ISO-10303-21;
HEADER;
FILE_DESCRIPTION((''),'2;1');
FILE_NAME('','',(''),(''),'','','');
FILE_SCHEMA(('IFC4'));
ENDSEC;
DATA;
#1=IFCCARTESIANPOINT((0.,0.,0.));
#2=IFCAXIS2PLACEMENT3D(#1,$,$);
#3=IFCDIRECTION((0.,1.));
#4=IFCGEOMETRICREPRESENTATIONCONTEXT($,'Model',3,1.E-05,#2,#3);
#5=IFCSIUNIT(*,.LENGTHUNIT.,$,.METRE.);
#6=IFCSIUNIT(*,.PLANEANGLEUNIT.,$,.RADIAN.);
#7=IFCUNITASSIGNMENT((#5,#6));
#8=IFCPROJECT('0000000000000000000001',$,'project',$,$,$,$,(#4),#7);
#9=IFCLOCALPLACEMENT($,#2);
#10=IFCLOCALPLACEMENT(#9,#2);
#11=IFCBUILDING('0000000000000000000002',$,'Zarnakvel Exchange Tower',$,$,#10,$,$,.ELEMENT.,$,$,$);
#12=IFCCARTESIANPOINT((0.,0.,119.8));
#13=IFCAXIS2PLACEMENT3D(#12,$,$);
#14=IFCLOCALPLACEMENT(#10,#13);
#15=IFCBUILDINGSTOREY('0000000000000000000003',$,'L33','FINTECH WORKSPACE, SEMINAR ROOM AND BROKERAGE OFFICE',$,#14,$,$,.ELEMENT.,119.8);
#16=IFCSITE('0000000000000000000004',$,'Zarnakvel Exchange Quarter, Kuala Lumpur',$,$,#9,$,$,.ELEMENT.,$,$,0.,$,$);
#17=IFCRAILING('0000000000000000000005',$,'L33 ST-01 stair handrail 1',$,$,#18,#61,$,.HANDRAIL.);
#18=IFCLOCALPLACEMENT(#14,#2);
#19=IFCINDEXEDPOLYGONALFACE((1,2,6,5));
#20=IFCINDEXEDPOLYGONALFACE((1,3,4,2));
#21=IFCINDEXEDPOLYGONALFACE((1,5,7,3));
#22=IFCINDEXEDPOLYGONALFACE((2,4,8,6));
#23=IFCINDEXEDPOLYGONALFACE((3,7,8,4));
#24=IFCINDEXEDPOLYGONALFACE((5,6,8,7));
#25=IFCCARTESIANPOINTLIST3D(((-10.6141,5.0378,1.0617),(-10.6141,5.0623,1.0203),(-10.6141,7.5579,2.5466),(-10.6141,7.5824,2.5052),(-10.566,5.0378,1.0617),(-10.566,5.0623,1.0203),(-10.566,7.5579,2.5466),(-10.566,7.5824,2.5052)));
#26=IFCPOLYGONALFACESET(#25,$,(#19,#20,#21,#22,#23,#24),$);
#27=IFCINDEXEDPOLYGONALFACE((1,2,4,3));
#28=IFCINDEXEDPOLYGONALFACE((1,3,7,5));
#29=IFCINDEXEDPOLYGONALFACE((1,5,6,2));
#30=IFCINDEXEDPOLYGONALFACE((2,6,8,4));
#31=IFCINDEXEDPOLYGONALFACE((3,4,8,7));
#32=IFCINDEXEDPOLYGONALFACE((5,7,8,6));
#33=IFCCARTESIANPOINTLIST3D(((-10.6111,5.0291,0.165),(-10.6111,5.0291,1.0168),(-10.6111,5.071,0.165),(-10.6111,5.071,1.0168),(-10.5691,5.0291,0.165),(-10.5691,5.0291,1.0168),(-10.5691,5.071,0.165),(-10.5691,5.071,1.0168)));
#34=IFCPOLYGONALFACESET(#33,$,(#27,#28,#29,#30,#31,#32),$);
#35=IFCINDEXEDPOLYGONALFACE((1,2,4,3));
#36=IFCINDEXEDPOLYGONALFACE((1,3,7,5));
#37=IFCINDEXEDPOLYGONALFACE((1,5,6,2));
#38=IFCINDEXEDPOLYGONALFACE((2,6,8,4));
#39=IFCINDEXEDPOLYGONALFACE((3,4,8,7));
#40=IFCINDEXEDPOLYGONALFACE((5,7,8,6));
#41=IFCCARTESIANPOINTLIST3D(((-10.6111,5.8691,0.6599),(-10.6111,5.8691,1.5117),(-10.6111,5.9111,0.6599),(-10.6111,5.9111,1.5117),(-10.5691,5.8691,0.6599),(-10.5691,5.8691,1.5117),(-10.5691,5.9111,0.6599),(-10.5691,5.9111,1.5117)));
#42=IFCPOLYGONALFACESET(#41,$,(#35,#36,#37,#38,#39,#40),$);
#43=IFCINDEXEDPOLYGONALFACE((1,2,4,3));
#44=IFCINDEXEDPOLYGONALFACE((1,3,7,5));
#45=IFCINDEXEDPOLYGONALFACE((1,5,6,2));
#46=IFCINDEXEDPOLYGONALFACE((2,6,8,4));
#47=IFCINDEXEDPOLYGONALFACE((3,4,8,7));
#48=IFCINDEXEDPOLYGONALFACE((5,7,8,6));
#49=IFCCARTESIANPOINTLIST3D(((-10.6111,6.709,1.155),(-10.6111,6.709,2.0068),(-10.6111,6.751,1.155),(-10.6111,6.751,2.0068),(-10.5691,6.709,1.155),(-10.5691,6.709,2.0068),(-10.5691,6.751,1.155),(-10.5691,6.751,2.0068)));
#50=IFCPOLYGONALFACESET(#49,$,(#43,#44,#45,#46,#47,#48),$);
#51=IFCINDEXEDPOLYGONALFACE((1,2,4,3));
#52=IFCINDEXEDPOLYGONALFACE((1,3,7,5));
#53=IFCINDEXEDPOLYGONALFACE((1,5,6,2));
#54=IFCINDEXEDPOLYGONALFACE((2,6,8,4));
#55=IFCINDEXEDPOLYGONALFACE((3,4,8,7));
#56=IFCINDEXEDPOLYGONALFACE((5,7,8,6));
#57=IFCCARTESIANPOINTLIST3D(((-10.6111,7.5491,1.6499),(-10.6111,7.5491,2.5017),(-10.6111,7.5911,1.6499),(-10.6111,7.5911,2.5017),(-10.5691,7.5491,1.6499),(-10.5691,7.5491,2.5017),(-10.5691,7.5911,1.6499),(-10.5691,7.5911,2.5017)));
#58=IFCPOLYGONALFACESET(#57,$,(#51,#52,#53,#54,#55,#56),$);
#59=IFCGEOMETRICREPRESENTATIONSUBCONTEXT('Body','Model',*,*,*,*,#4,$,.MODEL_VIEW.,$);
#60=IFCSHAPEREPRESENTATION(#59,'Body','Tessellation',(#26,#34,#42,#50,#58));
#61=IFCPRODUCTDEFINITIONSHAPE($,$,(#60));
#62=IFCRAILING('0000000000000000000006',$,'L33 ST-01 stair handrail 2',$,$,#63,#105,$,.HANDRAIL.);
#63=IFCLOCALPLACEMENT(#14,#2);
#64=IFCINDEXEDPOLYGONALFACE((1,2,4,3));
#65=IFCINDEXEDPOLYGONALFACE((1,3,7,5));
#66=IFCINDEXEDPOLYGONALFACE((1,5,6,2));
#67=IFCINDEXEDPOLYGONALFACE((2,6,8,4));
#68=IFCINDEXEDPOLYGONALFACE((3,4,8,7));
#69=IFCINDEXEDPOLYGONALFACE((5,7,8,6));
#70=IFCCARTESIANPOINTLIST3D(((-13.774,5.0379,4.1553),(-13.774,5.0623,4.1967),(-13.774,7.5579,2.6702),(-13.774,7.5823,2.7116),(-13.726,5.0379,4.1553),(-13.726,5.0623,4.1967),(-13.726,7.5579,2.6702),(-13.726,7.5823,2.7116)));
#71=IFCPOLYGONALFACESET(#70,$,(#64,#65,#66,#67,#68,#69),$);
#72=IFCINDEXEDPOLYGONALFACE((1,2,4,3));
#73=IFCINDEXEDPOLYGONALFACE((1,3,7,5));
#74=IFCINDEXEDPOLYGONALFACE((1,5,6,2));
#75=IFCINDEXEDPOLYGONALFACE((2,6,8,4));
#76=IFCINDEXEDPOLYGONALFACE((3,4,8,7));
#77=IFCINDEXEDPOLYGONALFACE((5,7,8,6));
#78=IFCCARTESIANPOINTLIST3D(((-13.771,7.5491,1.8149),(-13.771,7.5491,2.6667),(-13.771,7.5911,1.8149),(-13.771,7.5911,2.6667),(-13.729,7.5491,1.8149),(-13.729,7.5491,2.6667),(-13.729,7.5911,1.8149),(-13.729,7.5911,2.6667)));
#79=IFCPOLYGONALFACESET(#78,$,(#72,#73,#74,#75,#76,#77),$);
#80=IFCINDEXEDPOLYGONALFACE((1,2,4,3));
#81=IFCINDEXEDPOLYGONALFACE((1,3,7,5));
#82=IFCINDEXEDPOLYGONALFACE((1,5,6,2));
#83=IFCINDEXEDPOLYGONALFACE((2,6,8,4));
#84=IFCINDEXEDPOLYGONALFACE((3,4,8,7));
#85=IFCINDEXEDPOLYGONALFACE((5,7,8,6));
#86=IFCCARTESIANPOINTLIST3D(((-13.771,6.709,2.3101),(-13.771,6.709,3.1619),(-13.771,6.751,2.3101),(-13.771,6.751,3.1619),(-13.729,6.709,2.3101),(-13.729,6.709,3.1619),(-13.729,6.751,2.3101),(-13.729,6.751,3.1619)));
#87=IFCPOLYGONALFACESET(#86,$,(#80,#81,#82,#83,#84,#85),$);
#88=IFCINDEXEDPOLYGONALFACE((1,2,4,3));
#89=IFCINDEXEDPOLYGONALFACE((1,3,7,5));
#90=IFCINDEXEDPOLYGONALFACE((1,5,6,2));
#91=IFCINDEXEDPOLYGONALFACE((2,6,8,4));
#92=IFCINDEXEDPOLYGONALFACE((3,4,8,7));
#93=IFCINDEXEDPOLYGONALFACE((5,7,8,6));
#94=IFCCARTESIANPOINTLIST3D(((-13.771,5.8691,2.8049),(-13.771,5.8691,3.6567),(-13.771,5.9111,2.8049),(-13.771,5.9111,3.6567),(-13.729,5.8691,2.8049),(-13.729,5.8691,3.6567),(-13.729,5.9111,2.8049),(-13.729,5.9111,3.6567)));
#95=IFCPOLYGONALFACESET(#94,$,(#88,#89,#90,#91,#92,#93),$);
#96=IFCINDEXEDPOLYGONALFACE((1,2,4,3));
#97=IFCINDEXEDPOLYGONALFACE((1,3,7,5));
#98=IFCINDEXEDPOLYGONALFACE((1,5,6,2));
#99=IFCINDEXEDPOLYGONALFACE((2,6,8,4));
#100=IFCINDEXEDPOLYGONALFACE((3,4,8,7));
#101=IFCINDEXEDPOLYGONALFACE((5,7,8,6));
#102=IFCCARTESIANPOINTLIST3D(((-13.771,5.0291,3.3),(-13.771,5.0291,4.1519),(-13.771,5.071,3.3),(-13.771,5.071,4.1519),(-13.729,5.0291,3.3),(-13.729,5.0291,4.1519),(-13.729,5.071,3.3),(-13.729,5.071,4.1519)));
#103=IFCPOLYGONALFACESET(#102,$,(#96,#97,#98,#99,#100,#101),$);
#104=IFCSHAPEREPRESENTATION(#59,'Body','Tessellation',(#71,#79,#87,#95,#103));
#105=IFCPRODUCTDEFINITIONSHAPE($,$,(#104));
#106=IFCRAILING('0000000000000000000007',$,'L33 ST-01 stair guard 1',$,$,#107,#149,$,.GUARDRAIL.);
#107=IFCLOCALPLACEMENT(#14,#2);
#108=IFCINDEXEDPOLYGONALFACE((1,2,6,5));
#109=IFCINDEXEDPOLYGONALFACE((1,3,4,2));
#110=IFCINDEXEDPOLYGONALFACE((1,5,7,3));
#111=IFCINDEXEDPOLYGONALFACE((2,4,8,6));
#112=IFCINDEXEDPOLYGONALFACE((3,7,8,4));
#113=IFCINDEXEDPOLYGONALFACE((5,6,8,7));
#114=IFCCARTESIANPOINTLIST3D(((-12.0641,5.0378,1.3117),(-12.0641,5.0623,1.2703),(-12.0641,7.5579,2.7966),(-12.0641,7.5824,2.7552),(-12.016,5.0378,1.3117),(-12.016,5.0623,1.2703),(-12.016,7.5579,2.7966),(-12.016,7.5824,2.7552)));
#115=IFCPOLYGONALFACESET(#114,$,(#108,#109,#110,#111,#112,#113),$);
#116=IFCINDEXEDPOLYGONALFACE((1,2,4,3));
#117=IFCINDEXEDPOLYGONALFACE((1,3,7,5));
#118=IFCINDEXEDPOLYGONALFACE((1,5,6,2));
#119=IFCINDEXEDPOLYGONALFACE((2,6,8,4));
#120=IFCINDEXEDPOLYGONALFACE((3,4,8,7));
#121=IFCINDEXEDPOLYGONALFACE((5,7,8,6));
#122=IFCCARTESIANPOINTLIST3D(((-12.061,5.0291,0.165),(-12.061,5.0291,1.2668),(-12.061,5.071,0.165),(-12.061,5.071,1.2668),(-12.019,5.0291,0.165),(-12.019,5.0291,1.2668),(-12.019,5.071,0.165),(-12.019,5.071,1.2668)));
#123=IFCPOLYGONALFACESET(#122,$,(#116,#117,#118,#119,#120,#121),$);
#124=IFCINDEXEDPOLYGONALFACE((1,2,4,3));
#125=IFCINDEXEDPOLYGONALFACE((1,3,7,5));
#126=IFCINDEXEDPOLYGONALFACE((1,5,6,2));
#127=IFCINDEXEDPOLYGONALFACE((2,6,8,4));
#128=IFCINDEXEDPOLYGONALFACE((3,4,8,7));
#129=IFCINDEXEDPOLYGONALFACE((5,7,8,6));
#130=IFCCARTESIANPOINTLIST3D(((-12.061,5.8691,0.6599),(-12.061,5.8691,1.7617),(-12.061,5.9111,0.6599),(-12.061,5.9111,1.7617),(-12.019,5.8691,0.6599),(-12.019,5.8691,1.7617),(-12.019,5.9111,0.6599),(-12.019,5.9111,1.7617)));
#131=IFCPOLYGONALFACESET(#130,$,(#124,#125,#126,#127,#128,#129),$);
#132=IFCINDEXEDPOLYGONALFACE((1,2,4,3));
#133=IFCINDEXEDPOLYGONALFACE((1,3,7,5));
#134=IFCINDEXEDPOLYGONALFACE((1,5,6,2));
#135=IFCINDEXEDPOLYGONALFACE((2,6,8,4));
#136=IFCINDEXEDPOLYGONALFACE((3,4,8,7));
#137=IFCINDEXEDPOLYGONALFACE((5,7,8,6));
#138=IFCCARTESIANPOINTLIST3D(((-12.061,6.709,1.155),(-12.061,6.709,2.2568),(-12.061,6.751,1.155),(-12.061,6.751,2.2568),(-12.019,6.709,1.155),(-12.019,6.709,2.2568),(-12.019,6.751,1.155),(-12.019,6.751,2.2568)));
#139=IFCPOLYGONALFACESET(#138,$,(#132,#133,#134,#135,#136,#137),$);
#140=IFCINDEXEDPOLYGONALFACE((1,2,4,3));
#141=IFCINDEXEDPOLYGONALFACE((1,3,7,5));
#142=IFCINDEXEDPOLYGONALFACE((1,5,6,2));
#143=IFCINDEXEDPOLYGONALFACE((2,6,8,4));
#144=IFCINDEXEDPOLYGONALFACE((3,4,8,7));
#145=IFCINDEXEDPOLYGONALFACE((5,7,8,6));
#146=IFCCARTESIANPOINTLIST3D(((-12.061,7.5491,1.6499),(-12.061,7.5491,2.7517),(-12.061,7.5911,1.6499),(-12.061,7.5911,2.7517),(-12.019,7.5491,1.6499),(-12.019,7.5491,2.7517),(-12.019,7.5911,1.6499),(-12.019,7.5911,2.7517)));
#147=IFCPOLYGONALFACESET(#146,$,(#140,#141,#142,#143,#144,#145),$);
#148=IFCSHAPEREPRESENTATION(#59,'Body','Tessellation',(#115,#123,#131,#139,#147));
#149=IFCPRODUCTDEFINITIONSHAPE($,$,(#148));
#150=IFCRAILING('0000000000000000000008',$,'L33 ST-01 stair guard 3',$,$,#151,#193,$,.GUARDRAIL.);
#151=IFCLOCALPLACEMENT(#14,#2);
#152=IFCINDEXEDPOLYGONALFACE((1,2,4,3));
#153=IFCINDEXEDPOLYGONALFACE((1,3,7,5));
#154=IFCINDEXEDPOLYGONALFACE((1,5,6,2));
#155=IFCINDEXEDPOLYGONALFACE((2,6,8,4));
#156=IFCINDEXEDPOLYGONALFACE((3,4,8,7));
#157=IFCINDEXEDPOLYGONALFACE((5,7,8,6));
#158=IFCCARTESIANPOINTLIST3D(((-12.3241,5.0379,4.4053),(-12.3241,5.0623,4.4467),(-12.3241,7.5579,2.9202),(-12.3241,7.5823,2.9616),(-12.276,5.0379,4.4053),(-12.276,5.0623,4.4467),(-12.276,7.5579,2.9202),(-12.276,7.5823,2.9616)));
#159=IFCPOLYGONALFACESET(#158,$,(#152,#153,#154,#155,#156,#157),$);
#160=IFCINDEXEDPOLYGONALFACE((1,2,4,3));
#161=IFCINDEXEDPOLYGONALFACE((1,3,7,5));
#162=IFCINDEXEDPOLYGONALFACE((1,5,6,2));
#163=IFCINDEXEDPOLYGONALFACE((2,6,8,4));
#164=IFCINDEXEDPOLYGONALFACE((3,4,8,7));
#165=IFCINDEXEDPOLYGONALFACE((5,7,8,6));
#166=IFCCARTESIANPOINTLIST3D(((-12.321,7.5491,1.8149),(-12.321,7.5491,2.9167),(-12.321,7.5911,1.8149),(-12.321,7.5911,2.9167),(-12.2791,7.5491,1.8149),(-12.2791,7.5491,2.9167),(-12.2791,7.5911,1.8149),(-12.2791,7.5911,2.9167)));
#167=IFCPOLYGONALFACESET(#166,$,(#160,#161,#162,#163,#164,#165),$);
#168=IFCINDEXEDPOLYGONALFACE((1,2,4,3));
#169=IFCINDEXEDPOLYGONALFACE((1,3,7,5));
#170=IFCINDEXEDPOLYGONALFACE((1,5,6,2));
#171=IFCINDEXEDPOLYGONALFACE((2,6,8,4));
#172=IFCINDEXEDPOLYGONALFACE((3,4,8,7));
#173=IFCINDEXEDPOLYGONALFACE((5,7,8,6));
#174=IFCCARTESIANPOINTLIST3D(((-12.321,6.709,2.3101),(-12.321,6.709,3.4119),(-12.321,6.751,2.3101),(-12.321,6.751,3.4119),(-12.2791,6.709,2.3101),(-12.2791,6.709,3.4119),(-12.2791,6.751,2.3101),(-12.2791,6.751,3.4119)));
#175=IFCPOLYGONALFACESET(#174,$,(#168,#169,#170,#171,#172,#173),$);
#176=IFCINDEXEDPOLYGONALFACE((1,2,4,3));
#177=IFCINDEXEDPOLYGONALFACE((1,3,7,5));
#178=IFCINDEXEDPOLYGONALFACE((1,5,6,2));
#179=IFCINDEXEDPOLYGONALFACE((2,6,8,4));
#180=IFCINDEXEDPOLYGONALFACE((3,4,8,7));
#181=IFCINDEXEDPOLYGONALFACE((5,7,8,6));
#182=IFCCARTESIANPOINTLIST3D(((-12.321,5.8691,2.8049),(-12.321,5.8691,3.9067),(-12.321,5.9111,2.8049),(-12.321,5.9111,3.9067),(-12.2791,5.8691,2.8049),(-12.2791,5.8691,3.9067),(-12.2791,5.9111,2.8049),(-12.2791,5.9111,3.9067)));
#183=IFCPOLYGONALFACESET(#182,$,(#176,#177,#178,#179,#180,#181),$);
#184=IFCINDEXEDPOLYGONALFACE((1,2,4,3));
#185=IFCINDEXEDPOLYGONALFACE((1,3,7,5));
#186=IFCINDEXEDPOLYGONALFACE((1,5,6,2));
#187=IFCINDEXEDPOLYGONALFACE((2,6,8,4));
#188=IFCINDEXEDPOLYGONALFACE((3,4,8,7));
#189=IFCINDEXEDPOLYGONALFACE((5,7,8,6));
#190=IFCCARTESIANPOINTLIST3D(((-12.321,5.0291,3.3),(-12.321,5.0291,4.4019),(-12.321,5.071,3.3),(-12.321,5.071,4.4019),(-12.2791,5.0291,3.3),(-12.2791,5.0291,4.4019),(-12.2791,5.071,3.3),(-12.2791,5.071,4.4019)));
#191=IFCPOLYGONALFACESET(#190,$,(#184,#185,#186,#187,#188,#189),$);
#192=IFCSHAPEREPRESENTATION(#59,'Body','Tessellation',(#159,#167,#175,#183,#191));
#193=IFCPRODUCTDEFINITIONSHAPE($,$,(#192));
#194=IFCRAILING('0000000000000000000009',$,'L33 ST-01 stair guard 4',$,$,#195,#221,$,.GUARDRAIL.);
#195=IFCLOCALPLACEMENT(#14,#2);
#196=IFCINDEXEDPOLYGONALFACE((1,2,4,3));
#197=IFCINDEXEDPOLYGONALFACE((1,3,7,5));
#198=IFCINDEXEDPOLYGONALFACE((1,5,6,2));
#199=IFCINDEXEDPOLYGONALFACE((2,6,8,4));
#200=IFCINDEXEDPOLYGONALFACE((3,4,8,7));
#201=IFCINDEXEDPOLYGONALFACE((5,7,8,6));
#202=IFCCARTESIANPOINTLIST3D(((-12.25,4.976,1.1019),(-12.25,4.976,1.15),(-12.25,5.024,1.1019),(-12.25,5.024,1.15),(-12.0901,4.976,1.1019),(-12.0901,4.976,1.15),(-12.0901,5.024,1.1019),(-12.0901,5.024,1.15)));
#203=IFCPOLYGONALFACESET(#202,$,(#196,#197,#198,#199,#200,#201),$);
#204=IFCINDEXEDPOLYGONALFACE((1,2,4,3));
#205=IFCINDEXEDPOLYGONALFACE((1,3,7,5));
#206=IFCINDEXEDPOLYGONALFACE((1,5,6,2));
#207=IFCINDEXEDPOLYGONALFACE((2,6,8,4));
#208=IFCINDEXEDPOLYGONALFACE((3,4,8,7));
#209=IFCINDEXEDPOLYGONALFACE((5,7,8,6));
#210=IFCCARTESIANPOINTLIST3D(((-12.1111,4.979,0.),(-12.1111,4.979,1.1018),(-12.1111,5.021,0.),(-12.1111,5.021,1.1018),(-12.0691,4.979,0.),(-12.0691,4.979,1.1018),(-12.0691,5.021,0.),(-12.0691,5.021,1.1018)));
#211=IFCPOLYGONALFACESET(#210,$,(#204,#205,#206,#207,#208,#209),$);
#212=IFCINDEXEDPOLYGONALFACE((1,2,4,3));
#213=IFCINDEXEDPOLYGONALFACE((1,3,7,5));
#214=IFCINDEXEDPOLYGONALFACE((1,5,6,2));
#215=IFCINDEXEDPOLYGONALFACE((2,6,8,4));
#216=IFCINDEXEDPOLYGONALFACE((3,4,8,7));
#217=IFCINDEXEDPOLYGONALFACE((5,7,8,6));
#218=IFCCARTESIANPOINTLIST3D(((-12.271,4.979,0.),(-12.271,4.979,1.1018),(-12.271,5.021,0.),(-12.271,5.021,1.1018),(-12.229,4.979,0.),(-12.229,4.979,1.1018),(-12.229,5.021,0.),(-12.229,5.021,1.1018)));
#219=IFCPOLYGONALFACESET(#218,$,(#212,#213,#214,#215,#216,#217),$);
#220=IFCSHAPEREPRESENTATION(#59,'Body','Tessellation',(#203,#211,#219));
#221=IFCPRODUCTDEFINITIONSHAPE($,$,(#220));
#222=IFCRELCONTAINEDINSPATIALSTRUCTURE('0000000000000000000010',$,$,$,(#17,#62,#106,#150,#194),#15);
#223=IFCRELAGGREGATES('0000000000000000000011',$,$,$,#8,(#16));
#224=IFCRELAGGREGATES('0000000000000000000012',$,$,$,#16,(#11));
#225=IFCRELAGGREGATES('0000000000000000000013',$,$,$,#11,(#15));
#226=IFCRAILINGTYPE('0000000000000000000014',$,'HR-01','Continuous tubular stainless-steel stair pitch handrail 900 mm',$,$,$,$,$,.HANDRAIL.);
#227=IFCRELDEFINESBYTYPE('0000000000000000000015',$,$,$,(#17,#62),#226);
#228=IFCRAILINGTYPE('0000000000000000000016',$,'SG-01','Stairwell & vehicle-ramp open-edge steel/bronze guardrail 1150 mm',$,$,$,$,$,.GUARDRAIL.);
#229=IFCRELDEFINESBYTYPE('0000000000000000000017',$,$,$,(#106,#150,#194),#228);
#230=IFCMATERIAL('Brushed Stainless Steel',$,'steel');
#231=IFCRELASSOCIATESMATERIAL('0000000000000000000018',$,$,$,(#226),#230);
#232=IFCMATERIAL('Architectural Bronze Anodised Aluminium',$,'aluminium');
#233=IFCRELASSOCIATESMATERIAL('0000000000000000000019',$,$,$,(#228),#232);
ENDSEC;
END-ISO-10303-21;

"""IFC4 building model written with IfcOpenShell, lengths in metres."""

from ifc_helpers import new_model, si_unit, direction, frame, origin, origin_2d, place, context, subcontext, project, spatial, rectangle, extrude, material, type_object, element, save


model = new_model("IFC4")

# Units and contexts
model_context = context("Model", 3, precision=1e-05, world=origin(), true_north=direction((0.0, 1.0)))
body_context = subcontext(model_context, "Body", "Model", "MODEL_VIEW")
ifc_project = project(units=[si_unit("LENGTHUNIT", "METRE"), si_unit("PLANEANGLEUNIT", "RADIAN")], contexts=[model_context])

# Site, building, storey
site_placement = place(None, origin())
site = spatial("IfcSite", under=ifc_project, at=site_placement, Name="Zarnakvel Exchange Quarter, Kuala Lumpur", CompositionType="ELEMENT", RefElevation=0.0)
building_placement = place(site_placement, origin())
building = spatial("IfcBuilding", under=site, at=building_placement, Name="Zarnakvel Exchange Tower", CompositionType="ELEMENT")
storey_placement = place(building_placement, frame((0.0, 0.0, 119.8)))
storey = spatial("IfcBuildingStorey", under=building, at=storey_placement, Name="L33", Description="FINTECH WORKSPACE, SEMINAR ROOM AND BROKERAGE OFFICE", CompositionType="ELEMENT", Elevation=119.8)

# Shared definitions
ifc_material_1 = material(Name="Brushed Stainless Steel", Category="steel")

# Shared definitions
ifc_material_2 = material(Name="Architectural Bronze Anodised Aluminium", Category="aluminium")

# Railings
railing_type_1 = type_object("IfcRailingType", Name="HR-01", Description="Continuous tubular stainless-steel stair pitch handrail 900 mm", PredefinedType="HANDRAIL", material=ifc_material_1)
railing_1_placement = place(storey_placement, frame((-10.5901, 5.05, 0.165)))
element("IfcRailing", 1, at=railing_1_placement, inside=storey, type_object=railing_type_1, Name="L33 ST-01 stair handrail 1", PredefinedType="HANDRAIL", context=body_context, shape_type="SweptSolid", body=[
    extrude(rectangle(XDim=0.0481, YDim=0.0481, at=origin_2d()), frame((0.0, 0.0, 0.876), z_axis=(0.0, 0.861561, 0.507655), x_axis=(-1.0, 0.0, 0.0)), (0.0, 0.0, 1.0), 2.925),
    extrude(rectangle(XDim=0.042, YDim=0.042, at=origin_2d()), origin(), (0.0, 0.0, 1.0), 0.8518),
    extrude(rectangle(XDim=0.042, YDim=0.042, at=origin_2d()), frame((0.0, 0.8401, 0.4949)), (0.0, 0.0, 1.0), 0.8518),
    extrude(rectangle(XDim=0.042, YDim=0.042, at=origin_2d()), frame((0.0, 1.6799, 0.99)), (0.0, 0.0, 1.0), 0.8518),
    extrude(rectangle(XDim=0.042, YDim=0.042, at=origin_2d()), frame((0.0, 2.52, 1.4849)), (0.0, 0.0, 1.0), 0.8518),
])
railing_2_placement = place(storey_placement, frame((-13.75, 7.5701, 1.8149)))
element("IfcRailing", 2, at=railing_2_placement, inside=storey, type_object=railing_type_1, Name="L33 ST-01 stair handrail 2", PredefinedType="HANDRAIL", context=body_context, shape_type="SweptSolid", body=[
    extrude(rectangle(XDim=0.0481, YDim=0.0481, at=origin_2d()), frame((0.0, 0.0, 0.876), z_axis=(0.0, -0.861524, 0.507717), x_axis=(1.0, 0.0, 0.0)), (0.0, 0.0, 1.0), 2.925),
    extrude(rectangle(XDim=0.042, YDim=0.042, at=origin_2d()), origin(), (0.0, 0.0, 1.0), 0.8518),
    extrude(rectangle(XDim=0.042, YDim=0.042, at=origin_2d()), frame((0.0, -0.8401, 0.4951)), (0.0, 0.0, 1.0), 0.8518),
    extrude(rectangle(XDim=0.042, YDim=0.042, at=origin_2d()), frame((0.0, -1.6799, 0.99)), (0.0, 0.0, 1.0), 0.8518),
    extrude(rectangle(XDim=0.042, YDim=0.042, at=origin_2d()), frame((0.0, -2.52, 1.4851)), (0.0, 0.0, 1.0), 0.8518),
])
railing_type_2 = type_object("IfcRailingType", Name="SG-01", Description="Stairwell & vehicle-ramp open-edge steel/bronze guardrail 1150 mm", PredefinedType="GUARDRAIL", material=ifc_material_2)
railing_3_placement = place(storey_placement, frame((-12.04, 5.05, 0.165)))
element("IfcRailing", 3, at=railing_3_placement, inside=storey, type_object=railing_type_2, Name="L33 ST-01 stair guard 1", PredefinedType="GUARDRAIL", context=body_context, shape_type="SweptSolid", body=[
    extrude(rectangle(XDim=0.0481, YDim=0.0481, at=origin_2d()), frame((0.0, 0.0, 1.126), z_axis=(0.0, 0.861561, 0.507655), x_axis=(-1.0, 0.0, 0.0)), (0.0, 0.0, 1.0), 2.925),
    extrude(rectangle(XDim=0.042, YDim=0.042, at=origin_2d()), origin(), (0.0, 0.0, 1.0), 1.1018),
    extrude(rectangle(XDim=0.042, YDim=0.042, at=origin_2d()), frame((0.0, 0.8401, 0.4949)), (0.0, 0.0, 1.0), 1.1018),
    extrude(rectangle(XDim=0.042, YDim=0.042, at=origin_2d()), frame((0.0, 1.6799, 0.99)), (0.0, 0.0, 1.0), 1.1018),
    extrude(rectangle(XDim=0.042, YDim=0.042, at=origin_2d()), frame((0.0, 2.52, 1.4849)), (0.0, 0.0, 1.0), 1.1018),
])
railing_4_placement = place(storey_placement, frame((-12.3, 7.5701, 1.8149)))
element("IfcRailing", 4, at=railing_4_placement, inside=storey, type_object=railing_type_2, Name="L33 ST-01 stair guard 3", PredefinedType="GUARDRAIL", context=body_context, shape_type="SweptSolid", body=[
    extrude(rectangle(XDim=0.0481, YDim=0.0481, at=origin_2d()), frame((0.0, 0.0, 1.126), z_axis=(0.0, -0.861524, 0.507717), x_axis=(1.0, 0.0, 0.0)), (0.0, 0.0, 1.0), 2.925),
    extrude(rectangle(XDim=0.042, YDim=0.042, at=origin_2d()), origin(), (0.0, 0.0, 1.0), 1.1018),
    extrude(rectangle(XDim=0.042, YDim=0.042, at=origin_2d()), frame((0.0, -0.8401, 0.4951)), (0.0, 0.0, 1.0), 1.1018),
    extrude(rectangle(XDim=0.042, YDim=0.042, at=origin_2d()), frame((0.0, -1.6799, 0.99)), (0.0, 0.0, 1.0), 1.1018),
    extrude(rectangle(XDim=0.042, YDim=0.042, at=origin_2d()), frame((0.0, -2.52, 1.4851)), (0.0, 0.0, 1.0), 1.1018),
])
railing_5_placement = place(storey_placement, frame((-12.0901, 5.0, 0.0)))
element("IfcRailing", 5, at=railing_5_placement, inside=storey, type_object=railing_type_2, Name="L33 ST-01 stair guard 4", PredefinedType="GUARDRAIL", context=body_context, shape_type="SweptSolid", body=[
    extrude(rectangle(XDim=0.0481, YDim=0.0481, at=origin_2d()), frame((0.0, 0.0, 1.126), z_axis=(-1.0, 0.0, 0.0), x_axis=(0.0, -1.0, 0.0)), (0.0, 0.0, 1.0), 0.1599),
    extrude(rectangle(XDim=0.042, YDim=0.042, at=origin_2d()), origin(), (0.0, 0.0, 1.0), 1.1018),
    extrude(rectangle(XDim=0.042, YDim=0.042, at=origin_2d()), frame((-0.1599, 0.0, 0.0)), (0.0, 0.0, 1.0), 1.1018),
])

save(model, "model.ifc")
